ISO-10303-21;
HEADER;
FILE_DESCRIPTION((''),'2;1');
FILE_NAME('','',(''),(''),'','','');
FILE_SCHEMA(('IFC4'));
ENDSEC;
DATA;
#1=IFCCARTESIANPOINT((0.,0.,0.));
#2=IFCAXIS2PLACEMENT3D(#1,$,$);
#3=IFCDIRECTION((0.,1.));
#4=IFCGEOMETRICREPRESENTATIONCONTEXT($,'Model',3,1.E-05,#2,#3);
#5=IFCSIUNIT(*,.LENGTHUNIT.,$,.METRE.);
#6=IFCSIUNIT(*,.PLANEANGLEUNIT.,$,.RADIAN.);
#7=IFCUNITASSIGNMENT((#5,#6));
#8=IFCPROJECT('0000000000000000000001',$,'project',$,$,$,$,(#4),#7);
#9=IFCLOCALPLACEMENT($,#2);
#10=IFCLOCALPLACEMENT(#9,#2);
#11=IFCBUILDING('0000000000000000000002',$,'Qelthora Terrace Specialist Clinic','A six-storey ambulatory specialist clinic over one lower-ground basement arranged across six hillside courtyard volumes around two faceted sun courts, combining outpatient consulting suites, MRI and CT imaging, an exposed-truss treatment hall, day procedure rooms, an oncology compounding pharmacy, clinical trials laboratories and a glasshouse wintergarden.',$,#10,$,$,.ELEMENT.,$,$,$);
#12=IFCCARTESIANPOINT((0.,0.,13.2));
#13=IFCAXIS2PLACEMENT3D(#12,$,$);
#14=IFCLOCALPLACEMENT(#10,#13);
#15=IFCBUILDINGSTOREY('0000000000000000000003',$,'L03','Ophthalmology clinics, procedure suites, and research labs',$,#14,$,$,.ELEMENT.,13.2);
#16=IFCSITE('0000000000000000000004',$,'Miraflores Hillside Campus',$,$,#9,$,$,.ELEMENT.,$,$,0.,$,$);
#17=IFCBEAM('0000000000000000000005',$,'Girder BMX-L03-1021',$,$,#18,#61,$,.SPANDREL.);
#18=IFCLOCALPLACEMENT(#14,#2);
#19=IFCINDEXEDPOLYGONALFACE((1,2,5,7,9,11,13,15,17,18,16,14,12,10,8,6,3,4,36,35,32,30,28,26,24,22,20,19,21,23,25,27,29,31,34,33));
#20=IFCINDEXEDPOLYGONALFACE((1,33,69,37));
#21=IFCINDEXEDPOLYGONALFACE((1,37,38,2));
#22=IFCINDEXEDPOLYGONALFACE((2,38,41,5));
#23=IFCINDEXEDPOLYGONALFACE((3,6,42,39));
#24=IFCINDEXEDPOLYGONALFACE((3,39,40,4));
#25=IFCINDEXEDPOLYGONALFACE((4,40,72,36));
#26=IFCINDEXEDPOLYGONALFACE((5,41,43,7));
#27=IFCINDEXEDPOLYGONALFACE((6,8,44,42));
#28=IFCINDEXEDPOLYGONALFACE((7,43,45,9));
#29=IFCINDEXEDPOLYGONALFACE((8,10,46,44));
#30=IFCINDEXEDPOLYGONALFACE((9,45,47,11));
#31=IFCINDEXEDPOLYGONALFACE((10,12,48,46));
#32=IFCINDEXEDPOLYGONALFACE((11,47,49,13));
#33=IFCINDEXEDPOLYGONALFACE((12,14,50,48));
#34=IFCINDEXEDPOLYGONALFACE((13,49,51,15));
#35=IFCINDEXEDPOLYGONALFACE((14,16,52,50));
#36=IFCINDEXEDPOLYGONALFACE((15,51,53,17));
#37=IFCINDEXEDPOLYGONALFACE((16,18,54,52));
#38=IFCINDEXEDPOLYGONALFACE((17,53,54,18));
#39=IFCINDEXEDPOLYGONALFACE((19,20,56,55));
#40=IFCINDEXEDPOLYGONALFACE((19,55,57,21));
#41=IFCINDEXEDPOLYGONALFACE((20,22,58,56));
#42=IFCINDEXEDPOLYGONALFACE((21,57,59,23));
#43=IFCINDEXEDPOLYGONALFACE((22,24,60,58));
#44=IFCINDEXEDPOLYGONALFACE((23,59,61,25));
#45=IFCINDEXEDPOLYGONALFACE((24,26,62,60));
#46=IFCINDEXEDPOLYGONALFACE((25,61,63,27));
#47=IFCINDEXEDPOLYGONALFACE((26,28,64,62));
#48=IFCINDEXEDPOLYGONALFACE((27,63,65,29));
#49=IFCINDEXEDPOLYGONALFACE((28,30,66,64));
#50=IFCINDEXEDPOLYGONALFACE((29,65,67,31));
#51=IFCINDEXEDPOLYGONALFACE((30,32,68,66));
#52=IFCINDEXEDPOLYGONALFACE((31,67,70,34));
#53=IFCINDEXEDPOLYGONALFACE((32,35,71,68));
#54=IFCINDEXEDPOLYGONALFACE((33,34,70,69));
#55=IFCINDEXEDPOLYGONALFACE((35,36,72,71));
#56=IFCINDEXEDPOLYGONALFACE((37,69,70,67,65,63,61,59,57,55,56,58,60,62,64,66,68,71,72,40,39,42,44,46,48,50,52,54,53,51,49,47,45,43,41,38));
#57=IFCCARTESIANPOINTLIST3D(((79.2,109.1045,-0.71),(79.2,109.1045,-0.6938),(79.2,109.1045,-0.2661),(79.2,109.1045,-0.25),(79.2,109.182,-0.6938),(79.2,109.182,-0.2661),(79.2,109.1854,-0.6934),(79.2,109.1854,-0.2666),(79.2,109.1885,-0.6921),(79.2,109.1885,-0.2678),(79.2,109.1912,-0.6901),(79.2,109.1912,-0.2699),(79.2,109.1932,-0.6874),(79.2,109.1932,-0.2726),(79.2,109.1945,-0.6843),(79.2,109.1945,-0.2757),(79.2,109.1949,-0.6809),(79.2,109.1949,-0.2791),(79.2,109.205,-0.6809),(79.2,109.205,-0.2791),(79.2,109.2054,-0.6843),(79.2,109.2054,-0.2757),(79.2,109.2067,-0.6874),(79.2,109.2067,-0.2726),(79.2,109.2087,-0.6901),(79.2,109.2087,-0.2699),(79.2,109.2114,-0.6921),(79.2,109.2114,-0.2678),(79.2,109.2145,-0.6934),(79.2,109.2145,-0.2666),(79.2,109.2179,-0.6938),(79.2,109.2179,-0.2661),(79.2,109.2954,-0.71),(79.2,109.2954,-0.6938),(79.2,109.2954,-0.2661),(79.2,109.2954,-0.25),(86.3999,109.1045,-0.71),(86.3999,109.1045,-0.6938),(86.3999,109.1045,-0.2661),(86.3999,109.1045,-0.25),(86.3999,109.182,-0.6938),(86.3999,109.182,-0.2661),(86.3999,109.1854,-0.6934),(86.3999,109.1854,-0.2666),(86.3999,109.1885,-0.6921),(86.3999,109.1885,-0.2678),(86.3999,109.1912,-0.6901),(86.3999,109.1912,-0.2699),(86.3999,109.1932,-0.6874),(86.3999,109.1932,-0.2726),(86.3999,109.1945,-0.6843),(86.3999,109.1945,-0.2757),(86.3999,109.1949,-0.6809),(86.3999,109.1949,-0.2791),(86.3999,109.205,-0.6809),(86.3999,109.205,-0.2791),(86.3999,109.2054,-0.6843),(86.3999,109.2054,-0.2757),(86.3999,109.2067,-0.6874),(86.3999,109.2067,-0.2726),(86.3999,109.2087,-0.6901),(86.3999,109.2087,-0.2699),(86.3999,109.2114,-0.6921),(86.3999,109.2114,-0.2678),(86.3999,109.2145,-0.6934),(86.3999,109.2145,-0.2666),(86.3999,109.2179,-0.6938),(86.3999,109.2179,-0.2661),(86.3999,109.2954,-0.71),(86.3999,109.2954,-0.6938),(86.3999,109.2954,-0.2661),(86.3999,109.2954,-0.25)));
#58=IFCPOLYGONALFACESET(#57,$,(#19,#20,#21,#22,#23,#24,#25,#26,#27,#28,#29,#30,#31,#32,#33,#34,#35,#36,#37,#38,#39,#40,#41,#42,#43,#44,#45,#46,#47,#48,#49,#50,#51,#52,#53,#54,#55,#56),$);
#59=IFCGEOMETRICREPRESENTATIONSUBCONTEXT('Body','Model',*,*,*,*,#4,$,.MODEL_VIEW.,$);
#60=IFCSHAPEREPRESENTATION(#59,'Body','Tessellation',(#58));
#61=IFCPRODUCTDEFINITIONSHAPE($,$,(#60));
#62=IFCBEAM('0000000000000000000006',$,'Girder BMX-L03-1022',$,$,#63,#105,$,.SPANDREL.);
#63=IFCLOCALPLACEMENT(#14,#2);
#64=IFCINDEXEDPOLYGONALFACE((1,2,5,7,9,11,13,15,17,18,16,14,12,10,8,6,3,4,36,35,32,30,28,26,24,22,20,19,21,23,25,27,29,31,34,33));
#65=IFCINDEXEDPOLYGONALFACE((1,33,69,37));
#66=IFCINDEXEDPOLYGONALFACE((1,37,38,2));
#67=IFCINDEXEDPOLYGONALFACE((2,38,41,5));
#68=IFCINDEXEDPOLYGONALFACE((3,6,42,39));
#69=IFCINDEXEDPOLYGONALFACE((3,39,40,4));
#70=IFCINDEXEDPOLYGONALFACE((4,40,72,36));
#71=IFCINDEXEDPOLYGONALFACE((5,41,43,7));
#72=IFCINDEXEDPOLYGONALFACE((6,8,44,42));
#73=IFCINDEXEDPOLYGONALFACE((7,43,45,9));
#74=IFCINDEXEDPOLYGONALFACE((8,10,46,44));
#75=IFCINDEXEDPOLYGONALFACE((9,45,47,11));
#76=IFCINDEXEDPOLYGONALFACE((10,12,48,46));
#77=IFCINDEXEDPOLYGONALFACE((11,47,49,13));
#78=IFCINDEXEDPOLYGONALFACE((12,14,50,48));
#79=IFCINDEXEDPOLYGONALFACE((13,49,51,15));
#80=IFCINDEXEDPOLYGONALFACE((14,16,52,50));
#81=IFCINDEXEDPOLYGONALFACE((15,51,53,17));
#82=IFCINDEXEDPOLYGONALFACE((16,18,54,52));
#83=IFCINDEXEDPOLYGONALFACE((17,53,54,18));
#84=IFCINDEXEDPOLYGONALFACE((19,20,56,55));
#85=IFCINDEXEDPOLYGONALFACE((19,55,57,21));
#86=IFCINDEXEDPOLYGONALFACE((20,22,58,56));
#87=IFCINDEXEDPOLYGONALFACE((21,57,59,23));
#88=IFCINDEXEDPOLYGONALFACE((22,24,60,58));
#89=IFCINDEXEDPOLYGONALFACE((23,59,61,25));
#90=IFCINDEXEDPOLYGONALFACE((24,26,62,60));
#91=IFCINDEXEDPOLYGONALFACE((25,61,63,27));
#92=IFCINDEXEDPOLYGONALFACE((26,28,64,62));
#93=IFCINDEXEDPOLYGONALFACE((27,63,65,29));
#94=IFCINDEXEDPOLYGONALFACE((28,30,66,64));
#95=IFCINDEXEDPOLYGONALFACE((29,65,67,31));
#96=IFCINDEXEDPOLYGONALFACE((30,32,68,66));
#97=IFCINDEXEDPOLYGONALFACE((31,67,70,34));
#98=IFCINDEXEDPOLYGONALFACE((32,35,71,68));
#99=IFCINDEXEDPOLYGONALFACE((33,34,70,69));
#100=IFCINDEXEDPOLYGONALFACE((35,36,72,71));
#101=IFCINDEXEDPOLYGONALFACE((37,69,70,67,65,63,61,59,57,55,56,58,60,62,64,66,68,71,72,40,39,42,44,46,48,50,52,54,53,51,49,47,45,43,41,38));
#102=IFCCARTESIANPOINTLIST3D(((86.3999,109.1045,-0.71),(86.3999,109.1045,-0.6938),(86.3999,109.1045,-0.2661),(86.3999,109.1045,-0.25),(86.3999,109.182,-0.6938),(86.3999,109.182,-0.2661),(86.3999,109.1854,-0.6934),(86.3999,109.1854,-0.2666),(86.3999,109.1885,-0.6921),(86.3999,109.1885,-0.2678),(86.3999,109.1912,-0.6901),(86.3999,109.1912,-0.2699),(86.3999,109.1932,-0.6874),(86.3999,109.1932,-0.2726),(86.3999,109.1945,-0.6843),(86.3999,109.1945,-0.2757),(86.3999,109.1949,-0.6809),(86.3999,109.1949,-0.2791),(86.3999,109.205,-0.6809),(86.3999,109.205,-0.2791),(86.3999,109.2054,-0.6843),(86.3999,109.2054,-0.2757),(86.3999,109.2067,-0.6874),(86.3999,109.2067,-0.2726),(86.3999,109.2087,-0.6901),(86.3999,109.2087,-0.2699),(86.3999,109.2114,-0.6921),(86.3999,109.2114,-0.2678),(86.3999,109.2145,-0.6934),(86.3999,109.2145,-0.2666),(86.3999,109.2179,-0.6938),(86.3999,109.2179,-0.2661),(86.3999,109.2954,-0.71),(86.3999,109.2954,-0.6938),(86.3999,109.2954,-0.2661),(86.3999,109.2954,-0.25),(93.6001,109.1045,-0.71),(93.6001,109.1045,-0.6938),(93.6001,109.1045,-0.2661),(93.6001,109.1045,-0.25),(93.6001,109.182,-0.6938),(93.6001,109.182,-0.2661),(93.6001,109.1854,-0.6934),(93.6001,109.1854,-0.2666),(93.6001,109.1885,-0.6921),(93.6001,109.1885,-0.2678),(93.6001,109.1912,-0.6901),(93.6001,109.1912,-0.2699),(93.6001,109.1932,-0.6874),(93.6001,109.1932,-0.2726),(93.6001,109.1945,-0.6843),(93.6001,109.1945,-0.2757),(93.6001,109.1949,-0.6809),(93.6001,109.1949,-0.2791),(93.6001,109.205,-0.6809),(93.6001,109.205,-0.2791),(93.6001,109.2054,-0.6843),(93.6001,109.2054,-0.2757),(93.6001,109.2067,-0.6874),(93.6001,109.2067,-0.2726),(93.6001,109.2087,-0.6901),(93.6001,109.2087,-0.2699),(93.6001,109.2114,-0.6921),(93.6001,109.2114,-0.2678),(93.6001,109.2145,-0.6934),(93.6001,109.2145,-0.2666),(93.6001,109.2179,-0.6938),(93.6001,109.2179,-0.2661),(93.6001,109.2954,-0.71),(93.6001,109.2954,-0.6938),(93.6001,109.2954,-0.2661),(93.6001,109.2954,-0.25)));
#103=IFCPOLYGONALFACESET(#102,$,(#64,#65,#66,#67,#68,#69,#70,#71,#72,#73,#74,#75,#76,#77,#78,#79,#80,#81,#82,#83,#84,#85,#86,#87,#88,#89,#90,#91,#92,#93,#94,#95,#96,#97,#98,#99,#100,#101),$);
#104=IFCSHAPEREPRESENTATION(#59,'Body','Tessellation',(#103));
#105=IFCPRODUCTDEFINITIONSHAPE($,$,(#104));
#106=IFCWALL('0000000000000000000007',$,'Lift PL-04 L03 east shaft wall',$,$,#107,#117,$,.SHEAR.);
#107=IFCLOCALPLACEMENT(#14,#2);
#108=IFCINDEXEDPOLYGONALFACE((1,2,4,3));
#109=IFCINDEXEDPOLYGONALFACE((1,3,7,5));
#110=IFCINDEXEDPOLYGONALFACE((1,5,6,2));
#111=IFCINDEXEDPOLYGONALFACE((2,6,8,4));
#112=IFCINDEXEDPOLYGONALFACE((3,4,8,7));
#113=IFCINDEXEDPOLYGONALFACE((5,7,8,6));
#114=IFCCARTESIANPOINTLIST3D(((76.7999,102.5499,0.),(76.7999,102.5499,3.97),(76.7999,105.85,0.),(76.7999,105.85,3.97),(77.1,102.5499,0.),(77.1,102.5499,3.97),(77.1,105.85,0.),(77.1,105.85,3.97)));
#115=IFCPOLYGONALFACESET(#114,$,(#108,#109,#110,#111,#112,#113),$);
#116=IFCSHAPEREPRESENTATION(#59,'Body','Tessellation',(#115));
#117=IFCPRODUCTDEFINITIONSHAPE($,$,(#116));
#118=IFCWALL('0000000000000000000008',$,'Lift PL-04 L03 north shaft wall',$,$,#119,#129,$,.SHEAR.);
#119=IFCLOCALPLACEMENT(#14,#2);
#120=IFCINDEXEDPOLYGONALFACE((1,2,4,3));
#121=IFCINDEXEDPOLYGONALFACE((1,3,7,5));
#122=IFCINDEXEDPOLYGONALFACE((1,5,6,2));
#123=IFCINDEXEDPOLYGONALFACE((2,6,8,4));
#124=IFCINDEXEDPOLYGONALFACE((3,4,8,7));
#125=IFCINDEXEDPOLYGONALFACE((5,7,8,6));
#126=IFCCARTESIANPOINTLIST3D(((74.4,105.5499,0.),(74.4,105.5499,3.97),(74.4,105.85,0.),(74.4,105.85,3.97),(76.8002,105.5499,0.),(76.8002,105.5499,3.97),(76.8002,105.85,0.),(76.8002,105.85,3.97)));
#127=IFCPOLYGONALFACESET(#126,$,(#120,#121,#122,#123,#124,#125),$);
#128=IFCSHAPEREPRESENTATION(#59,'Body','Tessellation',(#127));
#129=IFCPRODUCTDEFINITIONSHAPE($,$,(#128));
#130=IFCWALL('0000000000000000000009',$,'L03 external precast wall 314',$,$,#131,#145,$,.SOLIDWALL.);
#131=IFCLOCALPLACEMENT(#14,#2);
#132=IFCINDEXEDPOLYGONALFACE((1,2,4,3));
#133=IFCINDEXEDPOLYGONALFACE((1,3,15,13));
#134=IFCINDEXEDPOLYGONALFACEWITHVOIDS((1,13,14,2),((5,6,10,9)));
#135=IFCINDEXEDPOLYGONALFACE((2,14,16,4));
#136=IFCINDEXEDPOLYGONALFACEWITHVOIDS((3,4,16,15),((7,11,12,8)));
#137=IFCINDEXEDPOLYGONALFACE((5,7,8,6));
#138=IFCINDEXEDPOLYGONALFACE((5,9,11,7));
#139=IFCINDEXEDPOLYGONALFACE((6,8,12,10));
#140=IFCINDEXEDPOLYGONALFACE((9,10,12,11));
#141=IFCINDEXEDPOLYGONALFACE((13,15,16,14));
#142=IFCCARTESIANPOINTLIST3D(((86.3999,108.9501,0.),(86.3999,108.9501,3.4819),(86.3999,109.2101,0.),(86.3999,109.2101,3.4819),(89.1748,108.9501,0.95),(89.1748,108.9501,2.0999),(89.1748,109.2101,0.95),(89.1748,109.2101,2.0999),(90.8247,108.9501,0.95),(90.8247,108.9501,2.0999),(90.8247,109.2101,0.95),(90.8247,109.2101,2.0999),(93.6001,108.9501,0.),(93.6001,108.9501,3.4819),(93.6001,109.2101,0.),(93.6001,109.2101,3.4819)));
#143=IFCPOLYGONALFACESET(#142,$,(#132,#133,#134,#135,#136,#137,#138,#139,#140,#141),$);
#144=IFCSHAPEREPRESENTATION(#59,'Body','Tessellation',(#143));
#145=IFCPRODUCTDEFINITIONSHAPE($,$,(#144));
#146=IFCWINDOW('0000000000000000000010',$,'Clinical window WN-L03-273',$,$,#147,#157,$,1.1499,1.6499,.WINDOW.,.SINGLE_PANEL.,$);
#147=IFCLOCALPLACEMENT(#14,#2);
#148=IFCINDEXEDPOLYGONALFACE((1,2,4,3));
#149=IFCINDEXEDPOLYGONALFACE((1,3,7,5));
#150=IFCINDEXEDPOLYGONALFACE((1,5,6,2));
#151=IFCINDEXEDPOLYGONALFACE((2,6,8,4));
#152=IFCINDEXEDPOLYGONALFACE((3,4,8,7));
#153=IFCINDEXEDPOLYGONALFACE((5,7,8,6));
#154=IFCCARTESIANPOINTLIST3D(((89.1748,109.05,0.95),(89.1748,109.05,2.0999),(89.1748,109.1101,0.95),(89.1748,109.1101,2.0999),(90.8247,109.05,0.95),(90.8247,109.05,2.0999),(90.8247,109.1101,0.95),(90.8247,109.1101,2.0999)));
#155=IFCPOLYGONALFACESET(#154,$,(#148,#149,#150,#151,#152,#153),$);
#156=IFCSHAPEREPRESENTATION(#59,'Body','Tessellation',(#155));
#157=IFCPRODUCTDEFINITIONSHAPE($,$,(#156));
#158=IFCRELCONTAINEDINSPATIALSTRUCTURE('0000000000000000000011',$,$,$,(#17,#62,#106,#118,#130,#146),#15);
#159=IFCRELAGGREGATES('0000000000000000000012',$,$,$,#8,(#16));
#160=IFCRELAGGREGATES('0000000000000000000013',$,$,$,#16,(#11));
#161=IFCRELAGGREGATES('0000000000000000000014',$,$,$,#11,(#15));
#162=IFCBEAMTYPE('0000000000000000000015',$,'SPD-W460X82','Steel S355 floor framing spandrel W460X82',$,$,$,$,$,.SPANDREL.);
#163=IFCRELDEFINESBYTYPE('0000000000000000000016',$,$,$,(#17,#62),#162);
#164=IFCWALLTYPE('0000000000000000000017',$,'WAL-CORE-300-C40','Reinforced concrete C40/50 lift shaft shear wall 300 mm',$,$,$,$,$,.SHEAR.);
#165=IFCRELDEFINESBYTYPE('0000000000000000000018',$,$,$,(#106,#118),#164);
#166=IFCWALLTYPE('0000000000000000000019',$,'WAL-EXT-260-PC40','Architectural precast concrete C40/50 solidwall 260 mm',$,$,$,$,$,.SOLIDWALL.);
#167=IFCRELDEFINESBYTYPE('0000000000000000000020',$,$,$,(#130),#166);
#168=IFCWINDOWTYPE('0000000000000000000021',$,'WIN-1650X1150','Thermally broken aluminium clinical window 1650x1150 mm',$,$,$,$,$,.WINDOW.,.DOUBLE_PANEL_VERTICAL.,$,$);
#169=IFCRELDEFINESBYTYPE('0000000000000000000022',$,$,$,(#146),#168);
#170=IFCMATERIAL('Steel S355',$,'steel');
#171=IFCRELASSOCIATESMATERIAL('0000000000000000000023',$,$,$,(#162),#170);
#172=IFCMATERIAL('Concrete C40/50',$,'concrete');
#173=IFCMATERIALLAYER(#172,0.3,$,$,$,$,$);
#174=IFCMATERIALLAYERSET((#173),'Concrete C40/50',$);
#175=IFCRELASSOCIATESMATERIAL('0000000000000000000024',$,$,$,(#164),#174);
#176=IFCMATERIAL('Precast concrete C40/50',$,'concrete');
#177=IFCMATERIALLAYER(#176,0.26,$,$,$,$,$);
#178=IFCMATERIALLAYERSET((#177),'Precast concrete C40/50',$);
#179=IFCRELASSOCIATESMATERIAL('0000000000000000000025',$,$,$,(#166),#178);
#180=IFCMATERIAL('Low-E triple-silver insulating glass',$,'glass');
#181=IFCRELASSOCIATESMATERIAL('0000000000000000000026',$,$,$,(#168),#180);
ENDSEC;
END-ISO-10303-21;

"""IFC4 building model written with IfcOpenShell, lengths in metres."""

from ifc_helpers import new_model, si_unit, direction, frame, frame_2d, origin, origin_2d, place, context, subcontext, project, spatial, rectangle, i_section, extrude, material, layer, layer_set, material_profile, profile_set, type_object, element, fill, save


model = new_model("IFC4")

# Units and contexts
model_context = context("Model", 3, precision=1e-05, world=origin(), true_north=direction((0.0, 1.0)))
body_context = subcontext(model_context, "Body", "Model", "MODEL_VIEW")
ifc_project = project(units=[si_unit("LENGTHUNIT", "METRE"), si_unit("PLANEANGLEUNIT", "RADIAN")], contexts=[model_context])

# Site, building, storey
site_placement = place(None, origin())
site = spatial("IfcSite", under=ifc_project, at=site_placement, Name="Miraflores Hillside Campus", CompositionType="ELEMENT", RefElevation=0.0)
building_placement = place(site_placement, origin())
building = spatial("IfcBuilding", under=site, at=building_placement, Name="Qelthora Terrace Specialist Clinic", Description="A six-storey ambulatory specialist clinic over one lower-ground basement arranged across six hillside courtyard volumes around two faceted sun courts, combining outpatient consulting suites, MRI and CT imaging, an exposed-truss treatment hall, day procedure rooms, an oncology compounding pharmacy, clinical trials laboratories and a glasshouse wintergarden.", CompositionType="ELEMENT")
storey_placement = place(building_placement, frame((0.0, 0.0, 13.2)))
storey = spatial("IfcBuildingStorey", under=building, at=storey_placement, Name="L03", Description="Ophthalmology clinics, procedure suites, and research labs", CompositionType="ELEMENT", Elevation=13.2)

# Shared definitions
ifc_material_1 = material(Name="Steel S355", Category="steel")

# Beams
ifc_material_profile_1 = material_profile(ifc_material_1, i_section(OverallWidth=0.1909, OverallDepth=0.46, WebThickness=0.01, FlangeThickness=0.0161, FilletRadius=0.0129, at=origin_2d()), Name="W460X82")
ifc_profile_set_1 = profile_set([ifc_material_profile_1], Name="Steel S355")
beam_type_1 = type_object("IfcBeamType", Name="SPD-W460X82", Description="Steel S355 floor framing spandrel W460X82", PredefinedType="SPANDREL", material=ifc_profile_set_1)
beam_1_placement = place(storey_placement, frame((79.2, 109.2, -0.48), z_axis=(1.0, 0.0, 0.0), x_axis=(0.0, 1.0, 0.0)))
element("IfcBeam", 1, at=beam_1_placement, inside=storey, type_object=beam_type_1, Name="Girder BMX-L03-1021", PredefinedType="SPANDREL", context=body_context, shape_type="SweptSolid", body=[
    extrude(i_section(OverallWidth=0.1909, OverallDepth=0.46, WebThickness=0.01, FlangeThickness=0.0161, FilletRadius=0.0129, at=origin_2d()), origin(), (0.0, 0.0, 1.0), 7.2),
])
beam_2_placement = place(storey_placement, frame((86.3999, 109.2, -0.48), z_axis=(1.0, 0.0, 0.0), x_axis=(0.0, 1.0, 0.0)))
element("IfcBeam", 2, at=beam_2_placement, inside=storey, type_object=beam_type_1, Name="Girder BMX-L03-1022", PredefinedType="SPANDREL", context=body_context, shape_type="SweptSolid", body=[
    extrude(i_section(OverallWidth=0.1909, OverallDepth=0.46, WebThickness=0.01, FlangeThickness=0.0161, FilletRadius=0.0129, at=origin_2d()), origin(), (0.0, 0.0, 1.0), 7.2002),
])

# Walls
ifc_material_2 = material(Name="Concrete C40/50", Category="concrete")
ifc_layer_1 = layer(ifc_material_2, 0.3)
ifc_layer_set_1 = layer_set([ifc_layer_1], Name="Concrete C40/50")
wall_type_1 = type_object("IfcWallType", Name="WAL-CORE-300-C40", Description="Reinforced concrete C40/50 lift shaft shear wall 300 mm", PredefinedType="SHEAR", material=ifc_layer_set_1)
wall_1_placement = place(storey_placement, frame((76.95, 102.55, 0.0), z_axis=(0.0, 0.0, 1.0), x_axis=(0.0, 1.0, 0.0)))
element("IfcWall", 3, at=wall_1_placement, inside=storey, type_object=wall_type_1, Name="Lift PL-04 L03 east shaft wall", PredefinedType="SHEAR", context=body_context, shape_type="SweptSolid", body=[
    extrude(rectangle(XDim=3.3, YDim=0.3, at=frame_2d((1.6499, 0.0))), origin(), (0.0, 0.0, 1.0), 3.97),
])
wall_2_placement = place(storey_placement, frame((74.3999, 105.7, 0.0), z_axis=(0.0, 0.0, 1.0), x_axis=(1.0, 0.0, 0.0)))
element("IfcWall", 4, at=wall_2_placement, inside=storey, type_object=wall_type_1, Name="Lift PL-04 L03 north shaft wall", PredefinedType="SHEAR", context=body_context, shape_type="SweptSolid", body=[
    extrude(rectangle(XDim=2.4001, YDim=0.3, at=frame_2d((1.2002, 0.0))), origin(), (0.0, 0.0, 1.0), 3.97),
])

# Wall, opening, window
ifc_material_3 = material(Name="Precast concrete C40/50", Category="concrete")
ifc_layer_2 = layer(ifc_material_3, 0.26)
ifc_layer_set_2 = layer_set([ifc_layer_2], Name="Precast concrete C40/50")
wall_type_2 = type_object("IfcWallType", Name="WAL-EXT-260-PC40", Description="Architectural precast concrete C40/50 solidwall 260 mm", PredefinedType="SOLIDWALL", material=ifc_layer_set_2)
wall_3_placement = place(storey_placement, frame((86.3999, 109.0801, 0.0), z_axis=(0.0, 0.0, 1.0), x_axis=(1.0, 0.0, 0.0)))
wall_3 = element("IfcWall", 5, at=wall_3_placement, inside=storey, type_object=wall_type_2, Name="L03 external precast wall 314", PredefinedType="SOLIDWALL", context=body_context, shape_type="SweptSolid", body=[
    extrude(rectangle(XDim=7.2002, YDim=0.26, at=frame_2d((3.6001, 0.0))), origin(), (0.0, 0.0, 1.0), 3.4819),
])
opening_1_placement = place(wall_3_placement, frame((2.7749, 0.0, 0.95)))
opening_1 = element("IfcOpeningElement", 6, at=opening_1_placement, cuts=wall_3, PredefinedType="OPENING", context=body_context, shape_type="SweptSolid", body=[
    extrude(rectangle(XDim=1.6499, YDim=1.1499, at=frame_2d((0.825, 0.575))), frame((0.0, 0.1399, 0.0), z_axis=(0.0, -1.0, 0.0), x_axis=(1.0, 0.0, 0.0)), (0.0, 0.0, 1.0), 0.28),
])
ifc_material_4 = material(Name="Low-E triple-silver insulating glass", Category="glass")
window_type_1 = type_object("IfcWindowType", Name="WIN-1650X1150", Description="Thermally broken aluminium clinical window 1650x1150 mm", PartitioningType="DOUBLE_PANEL_VERTICAL", PredefinedType="WINDOW", material=ifc_material_4)
window_1_placement = place(opening_1_placement, origin())
window_1 = element("IfcWindow", 7, at=window_1_placement, inside=storey, type_object=window_type_1, Name="Clinical window WN-L03-273", OverallHeight=1.1499, OverallWidth=1.6499, PartitioningType="SINGLE_PANEL", PredefinedType="WINDOW", context=body_context, shape_type="SweptSolid", body=[
    extrude(rectangle(XDim=1.6499, YDim=1.1499, at=frame_2d((0.825, 0.575))), frame((0.0, 0.03, 0.0), z_axis=(0.0, -1.0, 0.0), x_axis=(1.0, 0.0, 0.0)), (0.0, 0.0, 1.0), 0.0601),
])
fill(opening_1, window_1)

save(model, "model.ifc")
